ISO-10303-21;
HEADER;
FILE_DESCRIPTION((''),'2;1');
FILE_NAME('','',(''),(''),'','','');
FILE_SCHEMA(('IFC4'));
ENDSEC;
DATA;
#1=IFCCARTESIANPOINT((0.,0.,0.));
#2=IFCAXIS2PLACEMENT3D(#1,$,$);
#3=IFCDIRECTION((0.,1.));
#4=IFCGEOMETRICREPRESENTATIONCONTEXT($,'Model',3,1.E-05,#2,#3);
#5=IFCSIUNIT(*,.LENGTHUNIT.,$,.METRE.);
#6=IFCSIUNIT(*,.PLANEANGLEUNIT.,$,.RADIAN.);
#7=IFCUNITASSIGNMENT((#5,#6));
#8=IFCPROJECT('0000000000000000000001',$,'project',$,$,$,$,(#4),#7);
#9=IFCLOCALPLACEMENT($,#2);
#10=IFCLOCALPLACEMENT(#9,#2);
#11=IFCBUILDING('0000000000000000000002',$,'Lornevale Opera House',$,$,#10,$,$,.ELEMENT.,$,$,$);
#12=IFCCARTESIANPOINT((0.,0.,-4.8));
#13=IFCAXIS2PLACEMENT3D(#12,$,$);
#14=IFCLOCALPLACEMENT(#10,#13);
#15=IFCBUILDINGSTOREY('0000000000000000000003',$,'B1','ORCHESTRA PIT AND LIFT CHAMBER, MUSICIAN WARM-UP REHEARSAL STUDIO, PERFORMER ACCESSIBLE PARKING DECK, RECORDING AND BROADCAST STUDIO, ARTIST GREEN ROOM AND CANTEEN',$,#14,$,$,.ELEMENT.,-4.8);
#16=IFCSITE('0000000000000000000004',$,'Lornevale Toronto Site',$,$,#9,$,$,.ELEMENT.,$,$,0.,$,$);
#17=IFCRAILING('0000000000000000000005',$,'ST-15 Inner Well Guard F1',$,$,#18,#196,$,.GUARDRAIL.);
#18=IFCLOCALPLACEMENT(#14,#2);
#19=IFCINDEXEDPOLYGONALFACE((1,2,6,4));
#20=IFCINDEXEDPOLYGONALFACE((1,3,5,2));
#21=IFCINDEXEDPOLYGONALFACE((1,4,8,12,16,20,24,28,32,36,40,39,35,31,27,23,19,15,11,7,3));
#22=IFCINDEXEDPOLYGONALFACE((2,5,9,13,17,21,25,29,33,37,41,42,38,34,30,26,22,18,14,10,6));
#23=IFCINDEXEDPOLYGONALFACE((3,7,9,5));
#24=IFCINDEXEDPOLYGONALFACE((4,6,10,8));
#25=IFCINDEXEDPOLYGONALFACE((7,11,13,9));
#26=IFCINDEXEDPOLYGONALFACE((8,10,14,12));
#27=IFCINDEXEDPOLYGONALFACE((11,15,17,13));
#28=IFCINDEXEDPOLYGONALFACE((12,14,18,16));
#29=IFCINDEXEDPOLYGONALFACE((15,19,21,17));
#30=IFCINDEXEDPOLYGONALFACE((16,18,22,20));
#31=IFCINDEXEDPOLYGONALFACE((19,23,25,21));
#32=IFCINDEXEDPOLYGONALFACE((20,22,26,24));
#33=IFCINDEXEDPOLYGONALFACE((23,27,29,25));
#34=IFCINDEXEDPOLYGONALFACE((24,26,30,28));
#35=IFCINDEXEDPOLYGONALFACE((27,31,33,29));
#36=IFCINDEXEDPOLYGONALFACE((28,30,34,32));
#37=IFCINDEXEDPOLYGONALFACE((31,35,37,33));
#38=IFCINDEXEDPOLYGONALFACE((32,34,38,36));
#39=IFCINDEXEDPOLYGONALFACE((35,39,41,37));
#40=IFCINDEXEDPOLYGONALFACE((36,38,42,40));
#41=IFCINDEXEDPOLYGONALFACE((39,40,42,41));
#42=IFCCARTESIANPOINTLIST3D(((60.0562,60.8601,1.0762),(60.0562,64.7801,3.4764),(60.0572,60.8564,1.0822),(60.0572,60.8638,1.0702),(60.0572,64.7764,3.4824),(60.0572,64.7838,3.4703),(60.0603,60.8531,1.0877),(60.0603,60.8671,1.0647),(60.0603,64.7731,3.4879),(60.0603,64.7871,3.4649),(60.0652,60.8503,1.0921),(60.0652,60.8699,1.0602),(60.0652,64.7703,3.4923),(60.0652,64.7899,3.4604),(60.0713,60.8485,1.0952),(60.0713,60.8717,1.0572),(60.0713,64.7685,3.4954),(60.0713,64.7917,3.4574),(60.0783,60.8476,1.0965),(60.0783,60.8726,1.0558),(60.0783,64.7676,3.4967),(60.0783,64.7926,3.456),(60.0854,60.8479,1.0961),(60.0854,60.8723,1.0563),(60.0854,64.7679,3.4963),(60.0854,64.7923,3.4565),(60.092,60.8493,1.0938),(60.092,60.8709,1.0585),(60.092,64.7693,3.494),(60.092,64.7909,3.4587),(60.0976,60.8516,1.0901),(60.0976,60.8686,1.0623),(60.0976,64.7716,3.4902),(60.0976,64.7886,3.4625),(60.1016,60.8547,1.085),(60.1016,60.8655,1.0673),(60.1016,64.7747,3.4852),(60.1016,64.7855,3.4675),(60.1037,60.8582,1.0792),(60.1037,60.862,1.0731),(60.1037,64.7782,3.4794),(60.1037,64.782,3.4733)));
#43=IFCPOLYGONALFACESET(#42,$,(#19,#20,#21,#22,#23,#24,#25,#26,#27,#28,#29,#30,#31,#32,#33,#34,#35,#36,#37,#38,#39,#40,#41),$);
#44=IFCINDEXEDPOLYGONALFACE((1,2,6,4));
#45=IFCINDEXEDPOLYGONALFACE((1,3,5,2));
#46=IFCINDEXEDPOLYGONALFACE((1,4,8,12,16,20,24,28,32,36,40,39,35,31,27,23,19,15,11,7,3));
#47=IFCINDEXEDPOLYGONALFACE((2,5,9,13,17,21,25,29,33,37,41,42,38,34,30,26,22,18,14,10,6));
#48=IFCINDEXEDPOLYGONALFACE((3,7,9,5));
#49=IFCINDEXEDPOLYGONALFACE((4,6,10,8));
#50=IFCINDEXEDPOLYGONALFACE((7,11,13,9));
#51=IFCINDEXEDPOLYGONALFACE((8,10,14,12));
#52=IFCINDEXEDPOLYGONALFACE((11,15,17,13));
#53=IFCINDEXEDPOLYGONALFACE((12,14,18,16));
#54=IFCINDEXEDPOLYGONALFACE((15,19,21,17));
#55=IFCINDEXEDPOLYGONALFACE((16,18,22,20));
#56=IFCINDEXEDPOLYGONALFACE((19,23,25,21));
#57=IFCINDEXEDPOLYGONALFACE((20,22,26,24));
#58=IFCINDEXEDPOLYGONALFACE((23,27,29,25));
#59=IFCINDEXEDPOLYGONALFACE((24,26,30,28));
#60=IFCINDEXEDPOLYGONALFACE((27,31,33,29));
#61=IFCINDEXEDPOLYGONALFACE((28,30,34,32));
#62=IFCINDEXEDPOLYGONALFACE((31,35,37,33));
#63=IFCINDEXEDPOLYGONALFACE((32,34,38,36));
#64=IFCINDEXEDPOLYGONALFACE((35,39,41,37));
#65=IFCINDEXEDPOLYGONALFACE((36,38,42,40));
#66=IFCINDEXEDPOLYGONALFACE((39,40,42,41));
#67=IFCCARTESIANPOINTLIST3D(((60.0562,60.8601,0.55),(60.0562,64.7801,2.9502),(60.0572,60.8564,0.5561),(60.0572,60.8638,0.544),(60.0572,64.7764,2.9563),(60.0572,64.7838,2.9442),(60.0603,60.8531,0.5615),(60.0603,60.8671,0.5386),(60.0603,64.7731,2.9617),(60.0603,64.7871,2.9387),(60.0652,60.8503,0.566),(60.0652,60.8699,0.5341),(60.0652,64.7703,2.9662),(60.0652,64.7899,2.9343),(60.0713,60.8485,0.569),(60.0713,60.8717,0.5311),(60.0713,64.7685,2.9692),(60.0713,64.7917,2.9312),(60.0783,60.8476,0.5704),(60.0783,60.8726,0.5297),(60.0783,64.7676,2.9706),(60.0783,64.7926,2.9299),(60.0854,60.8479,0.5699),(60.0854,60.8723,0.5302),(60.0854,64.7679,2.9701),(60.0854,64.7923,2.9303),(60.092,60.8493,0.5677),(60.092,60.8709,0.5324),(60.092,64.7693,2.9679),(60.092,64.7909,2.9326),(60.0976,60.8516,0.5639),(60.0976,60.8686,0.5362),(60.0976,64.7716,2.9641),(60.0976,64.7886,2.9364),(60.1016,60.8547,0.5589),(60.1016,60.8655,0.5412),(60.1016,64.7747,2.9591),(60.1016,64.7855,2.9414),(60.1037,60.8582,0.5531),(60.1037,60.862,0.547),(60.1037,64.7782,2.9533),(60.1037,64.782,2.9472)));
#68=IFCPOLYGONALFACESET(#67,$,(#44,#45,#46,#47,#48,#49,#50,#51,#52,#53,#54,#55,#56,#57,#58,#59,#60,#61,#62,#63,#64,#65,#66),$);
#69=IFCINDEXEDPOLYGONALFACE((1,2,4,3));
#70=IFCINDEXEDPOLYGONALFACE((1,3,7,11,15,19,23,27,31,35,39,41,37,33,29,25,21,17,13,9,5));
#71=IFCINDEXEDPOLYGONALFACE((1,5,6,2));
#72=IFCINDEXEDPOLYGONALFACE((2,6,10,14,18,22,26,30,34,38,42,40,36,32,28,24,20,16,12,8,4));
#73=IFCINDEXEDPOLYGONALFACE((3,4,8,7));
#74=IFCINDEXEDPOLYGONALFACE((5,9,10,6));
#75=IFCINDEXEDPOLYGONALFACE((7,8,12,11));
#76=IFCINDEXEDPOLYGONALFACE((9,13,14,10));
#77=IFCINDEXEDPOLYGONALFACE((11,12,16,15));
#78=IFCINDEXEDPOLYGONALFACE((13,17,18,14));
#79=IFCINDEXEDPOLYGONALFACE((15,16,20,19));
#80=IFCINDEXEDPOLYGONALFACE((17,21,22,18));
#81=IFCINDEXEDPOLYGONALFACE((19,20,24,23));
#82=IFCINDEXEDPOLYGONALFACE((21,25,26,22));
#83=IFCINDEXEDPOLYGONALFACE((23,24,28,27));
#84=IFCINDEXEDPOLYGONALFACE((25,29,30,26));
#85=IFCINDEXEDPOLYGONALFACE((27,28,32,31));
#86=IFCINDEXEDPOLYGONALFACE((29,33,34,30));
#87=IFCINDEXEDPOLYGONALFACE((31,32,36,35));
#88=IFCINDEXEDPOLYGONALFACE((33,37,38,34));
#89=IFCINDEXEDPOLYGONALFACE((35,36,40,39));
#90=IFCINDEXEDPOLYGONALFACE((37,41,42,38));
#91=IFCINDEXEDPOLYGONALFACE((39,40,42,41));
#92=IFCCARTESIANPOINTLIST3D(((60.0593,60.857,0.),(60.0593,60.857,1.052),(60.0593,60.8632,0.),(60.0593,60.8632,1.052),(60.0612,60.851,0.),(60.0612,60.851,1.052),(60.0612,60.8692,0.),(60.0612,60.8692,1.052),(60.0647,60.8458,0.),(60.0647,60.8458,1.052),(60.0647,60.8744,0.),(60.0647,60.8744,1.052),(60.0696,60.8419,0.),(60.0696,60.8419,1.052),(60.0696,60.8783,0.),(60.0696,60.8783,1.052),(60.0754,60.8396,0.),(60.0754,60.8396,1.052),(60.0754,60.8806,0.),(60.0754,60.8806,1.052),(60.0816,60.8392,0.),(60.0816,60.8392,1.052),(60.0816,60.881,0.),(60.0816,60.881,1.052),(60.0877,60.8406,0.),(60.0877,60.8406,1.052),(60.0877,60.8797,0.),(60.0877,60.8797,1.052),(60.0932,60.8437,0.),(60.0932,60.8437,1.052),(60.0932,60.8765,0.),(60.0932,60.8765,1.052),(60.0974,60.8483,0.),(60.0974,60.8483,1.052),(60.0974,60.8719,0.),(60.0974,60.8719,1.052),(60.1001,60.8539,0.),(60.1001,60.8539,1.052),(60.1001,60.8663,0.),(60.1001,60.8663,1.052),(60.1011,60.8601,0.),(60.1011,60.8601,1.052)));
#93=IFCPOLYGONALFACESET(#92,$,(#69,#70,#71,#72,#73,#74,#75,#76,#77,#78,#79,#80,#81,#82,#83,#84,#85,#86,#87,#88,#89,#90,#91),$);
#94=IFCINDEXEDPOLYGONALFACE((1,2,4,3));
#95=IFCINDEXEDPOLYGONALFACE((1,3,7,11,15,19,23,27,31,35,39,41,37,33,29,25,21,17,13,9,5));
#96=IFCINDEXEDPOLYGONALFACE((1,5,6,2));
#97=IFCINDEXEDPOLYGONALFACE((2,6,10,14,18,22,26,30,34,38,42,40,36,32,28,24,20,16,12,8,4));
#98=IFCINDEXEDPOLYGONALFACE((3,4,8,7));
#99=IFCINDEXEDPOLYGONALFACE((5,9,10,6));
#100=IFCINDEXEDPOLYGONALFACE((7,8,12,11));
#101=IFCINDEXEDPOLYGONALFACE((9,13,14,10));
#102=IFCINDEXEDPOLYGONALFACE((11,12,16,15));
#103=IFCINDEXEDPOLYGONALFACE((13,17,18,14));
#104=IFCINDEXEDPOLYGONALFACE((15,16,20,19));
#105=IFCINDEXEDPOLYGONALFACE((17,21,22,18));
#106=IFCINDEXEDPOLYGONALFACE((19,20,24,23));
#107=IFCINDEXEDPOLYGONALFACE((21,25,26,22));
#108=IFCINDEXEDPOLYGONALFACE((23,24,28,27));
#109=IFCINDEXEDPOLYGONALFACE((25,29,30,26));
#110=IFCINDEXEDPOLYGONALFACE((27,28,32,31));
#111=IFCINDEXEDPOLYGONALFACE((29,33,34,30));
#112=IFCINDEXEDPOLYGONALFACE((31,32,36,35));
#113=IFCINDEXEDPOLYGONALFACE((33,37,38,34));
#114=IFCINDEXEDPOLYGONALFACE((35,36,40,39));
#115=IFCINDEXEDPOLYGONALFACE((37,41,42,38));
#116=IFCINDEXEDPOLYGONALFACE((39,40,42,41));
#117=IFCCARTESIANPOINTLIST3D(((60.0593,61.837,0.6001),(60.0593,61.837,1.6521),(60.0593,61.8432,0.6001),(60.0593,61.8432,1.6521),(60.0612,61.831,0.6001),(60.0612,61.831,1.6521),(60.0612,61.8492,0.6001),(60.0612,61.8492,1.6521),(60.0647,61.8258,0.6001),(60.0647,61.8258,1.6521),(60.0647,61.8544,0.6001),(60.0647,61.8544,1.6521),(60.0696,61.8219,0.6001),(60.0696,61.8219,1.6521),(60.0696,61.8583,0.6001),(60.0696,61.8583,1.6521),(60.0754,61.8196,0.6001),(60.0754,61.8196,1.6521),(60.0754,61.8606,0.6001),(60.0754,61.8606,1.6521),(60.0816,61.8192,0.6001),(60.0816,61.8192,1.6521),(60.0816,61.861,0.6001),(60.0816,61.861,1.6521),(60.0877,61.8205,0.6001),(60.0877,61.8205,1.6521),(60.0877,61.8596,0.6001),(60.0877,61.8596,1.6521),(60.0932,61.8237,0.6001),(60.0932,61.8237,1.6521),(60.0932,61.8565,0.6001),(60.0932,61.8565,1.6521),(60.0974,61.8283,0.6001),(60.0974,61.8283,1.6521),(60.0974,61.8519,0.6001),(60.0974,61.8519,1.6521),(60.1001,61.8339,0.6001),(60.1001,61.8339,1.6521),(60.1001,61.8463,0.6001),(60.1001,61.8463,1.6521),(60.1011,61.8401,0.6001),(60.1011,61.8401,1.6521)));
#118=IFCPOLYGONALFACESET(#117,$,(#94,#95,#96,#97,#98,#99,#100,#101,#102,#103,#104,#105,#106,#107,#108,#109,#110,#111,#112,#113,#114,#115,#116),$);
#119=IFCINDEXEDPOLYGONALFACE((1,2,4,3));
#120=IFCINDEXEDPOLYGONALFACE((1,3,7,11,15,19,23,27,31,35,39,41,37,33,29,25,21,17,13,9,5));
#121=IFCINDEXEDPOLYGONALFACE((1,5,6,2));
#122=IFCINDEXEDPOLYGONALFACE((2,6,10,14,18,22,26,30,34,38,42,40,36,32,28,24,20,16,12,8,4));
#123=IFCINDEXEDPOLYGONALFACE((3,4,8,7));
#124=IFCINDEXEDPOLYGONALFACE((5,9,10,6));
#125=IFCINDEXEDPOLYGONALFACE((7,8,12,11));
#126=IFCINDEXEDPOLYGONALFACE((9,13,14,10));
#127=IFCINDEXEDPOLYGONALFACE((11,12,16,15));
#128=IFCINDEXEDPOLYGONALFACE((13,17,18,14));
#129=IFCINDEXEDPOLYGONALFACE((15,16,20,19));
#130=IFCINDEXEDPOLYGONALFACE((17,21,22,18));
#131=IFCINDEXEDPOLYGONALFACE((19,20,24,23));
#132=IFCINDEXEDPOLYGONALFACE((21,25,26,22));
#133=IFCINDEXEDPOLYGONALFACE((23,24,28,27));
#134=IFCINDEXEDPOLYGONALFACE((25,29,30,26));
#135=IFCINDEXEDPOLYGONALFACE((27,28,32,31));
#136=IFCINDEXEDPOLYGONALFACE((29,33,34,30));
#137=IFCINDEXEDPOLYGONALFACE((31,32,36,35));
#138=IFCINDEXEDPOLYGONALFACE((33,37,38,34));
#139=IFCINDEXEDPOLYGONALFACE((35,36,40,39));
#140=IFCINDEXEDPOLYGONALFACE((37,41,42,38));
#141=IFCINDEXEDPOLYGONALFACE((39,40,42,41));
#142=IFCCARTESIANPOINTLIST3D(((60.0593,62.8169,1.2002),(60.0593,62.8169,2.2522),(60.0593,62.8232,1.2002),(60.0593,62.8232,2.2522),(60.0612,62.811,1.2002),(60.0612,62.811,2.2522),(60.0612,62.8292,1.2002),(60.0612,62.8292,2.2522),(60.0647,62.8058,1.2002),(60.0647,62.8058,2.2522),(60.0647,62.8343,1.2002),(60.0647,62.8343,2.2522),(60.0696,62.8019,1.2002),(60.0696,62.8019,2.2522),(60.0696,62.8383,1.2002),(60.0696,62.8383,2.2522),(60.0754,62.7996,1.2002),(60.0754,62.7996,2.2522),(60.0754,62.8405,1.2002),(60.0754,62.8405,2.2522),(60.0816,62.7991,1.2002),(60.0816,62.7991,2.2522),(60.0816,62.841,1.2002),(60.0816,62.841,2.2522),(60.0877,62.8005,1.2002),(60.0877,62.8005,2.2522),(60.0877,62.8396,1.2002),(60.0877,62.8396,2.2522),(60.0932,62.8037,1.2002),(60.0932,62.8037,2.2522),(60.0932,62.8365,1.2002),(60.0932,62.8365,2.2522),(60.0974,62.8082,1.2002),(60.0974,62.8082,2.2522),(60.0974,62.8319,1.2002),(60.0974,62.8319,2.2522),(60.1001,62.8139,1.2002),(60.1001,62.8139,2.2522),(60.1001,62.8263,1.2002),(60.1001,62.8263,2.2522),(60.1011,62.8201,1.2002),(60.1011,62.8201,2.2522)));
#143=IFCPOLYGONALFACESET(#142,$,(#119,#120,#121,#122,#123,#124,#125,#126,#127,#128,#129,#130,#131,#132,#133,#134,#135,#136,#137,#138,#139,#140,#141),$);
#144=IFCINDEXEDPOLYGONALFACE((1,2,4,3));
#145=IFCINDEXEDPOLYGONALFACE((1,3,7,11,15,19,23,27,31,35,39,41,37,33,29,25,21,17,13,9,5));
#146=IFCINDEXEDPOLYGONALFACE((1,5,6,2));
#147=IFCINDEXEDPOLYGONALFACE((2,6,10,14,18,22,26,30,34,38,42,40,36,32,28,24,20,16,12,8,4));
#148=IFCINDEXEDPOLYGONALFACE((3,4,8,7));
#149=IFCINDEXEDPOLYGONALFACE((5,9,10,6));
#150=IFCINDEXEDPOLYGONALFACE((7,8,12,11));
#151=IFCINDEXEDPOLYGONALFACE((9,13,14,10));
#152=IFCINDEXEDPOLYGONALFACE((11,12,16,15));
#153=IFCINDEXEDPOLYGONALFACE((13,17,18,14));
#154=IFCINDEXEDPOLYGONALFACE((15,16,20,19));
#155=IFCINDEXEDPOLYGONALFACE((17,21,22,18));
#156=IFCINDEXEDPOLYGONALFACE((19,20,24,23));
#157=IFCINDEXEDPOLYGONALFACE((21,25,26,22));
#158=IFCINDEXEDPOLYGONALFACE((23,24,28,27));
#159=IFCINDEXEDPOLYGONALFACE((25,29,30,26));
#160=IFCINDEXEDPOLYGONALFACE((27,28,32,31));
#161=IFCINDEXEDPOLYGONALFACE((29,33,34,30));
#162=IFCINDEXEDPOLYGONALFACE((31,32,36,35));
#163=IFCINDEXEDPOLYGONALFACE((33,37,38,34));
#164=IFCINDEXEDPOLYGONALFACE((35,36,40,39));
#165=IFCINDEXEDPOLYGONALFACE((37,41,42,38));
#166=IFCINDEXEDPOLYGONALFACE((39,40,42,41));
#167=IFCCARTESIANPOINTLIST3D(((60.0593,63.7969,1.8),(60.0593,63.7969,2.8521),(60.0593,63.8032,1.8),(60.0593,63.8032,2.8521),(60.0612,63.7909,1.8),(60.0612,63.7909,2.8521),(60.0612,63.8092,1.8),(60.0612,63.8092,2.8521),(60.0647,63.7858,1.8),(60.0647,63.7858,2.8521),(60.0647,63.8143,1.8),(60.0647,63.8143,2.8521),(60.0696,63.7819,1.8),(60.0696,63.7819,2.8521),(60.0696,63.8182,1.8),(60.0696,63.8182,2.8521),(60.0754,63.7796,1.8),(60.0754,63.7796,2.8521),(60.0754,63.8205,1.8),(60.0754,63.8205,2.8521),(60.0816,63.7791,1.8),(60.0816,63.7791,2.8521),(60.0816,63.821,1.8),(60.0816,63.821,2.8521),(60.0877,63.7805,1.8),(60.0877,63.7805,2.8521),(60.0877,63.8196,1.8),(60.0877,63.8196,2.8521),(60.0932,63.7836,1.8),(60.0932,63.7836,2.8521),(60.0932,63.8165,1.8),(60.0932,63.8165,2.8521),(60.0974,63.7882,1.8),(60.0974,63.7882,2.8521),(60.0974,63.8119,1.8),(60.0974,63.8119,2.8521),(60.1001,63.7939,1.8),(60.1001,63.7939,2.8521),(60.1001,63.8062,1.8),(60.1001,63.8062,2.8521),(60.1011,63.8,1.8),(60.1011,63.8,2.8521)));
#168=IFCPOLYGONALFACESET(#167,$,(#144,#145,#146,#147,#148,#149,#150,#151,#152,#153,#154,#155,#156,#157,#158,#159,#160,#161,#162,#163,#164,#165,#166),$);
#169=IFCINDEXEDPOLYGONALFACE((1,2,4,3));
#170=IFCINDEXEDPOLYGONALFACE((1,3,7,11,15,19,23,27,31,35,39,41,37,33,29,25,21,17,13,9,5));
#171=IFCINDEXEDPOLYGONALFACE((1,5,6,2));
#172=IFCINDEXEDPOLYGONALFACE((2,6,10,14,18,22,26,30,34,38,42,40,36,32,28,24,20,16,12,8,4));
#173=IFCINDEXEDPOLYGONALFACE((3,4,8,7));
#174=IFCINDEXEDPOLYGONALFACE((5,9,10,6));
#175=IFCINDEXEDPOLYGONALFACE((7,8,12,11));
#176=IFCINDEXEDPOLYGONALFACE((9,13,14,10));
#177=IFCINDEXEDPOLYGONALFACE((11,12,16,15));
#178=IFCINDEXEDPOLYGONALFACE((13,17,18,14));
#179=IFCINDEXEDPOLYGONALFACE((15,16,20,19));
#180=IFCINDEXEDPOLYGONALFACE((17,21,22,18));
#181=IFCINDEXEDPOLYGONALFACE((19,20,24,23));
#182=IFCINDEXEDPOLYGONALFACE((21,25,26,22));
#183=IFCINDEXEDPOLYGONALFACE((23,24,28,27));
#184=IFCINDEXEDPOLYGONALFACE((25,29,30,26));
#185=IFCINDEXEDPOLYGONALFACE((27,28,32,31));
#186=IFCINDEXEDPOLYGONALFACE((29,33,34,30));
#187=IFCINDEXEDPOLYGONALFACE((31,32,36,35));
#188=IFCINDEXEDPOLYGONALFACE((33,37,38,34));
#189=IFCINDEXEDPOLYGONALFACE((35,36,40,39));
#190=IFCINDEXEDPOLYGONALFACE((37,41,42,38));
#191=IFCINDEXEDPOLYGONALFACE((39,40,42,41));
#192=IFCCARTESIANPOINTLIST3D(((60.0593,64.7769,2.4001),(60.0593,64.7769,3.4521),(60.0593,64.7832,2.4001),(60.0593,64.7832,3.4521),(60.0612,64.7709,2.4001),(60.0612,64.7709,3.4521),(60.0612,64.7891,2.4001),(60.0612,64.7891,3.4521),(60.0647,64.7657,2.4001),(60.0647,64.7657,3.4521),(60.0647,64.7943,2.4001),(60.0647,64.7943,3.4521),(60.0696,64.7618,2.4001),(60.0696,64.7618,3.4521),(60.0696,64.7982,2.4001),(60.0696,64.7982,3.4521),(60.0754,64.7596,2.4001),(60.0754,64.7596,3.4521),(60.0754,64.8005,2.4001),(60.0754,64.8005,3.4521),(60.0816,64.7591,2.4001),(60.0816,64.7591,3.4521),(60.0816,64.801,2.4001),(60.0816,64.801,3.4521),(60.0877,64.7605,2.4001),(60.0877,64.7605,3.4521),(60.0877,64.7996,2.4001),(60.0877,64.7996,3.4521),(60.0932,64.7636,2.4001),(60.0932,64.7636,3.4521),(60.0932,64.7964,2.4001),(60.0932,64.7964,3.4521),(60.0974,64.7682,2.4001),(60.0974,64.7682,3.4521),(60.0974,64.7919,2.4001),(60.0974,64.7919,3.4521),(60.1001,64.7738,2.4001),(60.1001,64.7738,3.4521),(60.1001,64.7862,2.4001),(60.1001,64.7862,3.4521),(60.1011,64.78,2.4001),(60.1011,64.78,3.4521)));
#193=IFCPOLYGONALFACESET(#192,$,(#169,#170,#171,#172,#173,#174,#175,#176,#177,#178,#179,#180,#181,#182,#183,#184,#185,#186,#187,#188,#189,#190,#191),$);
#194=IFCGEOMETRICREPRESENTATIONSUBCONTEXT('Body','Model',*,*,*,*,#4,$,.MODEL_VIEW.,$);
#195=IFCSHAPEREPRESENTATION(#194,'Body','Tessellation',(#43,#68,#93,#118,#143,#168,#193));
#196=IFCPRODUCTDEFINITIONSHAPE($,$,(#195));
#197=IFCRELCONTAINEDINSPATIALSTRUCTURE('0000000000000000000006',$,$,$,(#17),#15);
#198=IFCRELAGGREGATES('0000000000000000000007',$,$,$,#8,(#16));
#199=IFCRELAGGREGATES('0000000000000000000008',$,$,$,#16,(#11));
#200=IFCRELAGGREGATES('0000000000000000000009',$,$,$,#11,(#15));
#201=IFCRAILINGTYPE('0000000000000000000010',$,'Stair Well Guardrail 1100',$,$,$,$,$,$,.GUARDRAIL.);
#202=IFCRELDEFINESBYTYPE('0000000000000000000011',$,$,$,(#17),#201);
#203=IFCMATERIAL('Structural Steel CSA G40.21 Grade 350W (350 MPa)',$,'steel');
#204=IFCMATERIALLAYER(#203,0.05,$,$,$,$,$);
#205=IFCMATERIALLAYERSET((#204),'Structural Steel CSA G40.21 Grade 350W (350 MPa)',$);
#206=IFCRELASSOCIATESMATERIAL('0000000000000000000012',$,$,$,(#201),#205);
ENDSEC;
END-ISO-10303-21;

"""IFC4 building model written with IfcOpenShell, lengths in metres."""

from ifc_helpers import new_model, si_unit, direction, frame, origin, origin_2d, place, context, subcontext, project, spatial, circle, extrude, material, layer, layer_set, type_object, element, save


model = new_model("IFC4")

# Units and contexts
model_context = context("Model", 3, precision=1e-05, world=origin(), true_north=direction((0.0, 1.0)))
body_context = subcontext(model_context, "Body", "Model", "MODEL_VIEW")
ifc_project = project(units=[si_unit("LENGTHUNIT", "METRE"), si_unit("PLANEANGLEUNIT", "RADIAN")], contexts=[model_context])

# Site, building, storey
site_placement = place(None, origin())
site = spatial("IfcSite", under=ifc_project, at=site_placement, Name="Lornevale Toronto Site", CompositionType="ELEMENT", RefElevation=0.0)
building_placement = place(site_placement, origin())
building = spatial("IfcBuilding", under=site, at=building_placement, Name="Lornevale Opera House", CompositionType="ELEMENT")
storey_placement = place(building_placement, frame((0.0, 0.0, -4.8)))
storey = spatial("IfcBuildingStorey", under=building, at=storey_placement, Name="B1", Description="ORCHESTRA PIT AND LIFT CHAMBER, MUSICIAN WARM-UP REHEARSAL STUDIO, PERFORMER ACCESSIBLE PARKING DECK, RECORDING AND BROADCAST STUDIO, ARTIST GREEN ROOM AND CANTEEN", CompositionType="ELEMENT", Elevation=-4.8)

# Railing
ifc_material_1 = material(Name="Structural Steel CSA G40.21 Grade 350W (350 MPa)", Category="steel")
ifc_layer_1 = layer(ifc_material_1, 0.05)
ifc_layer_set_1 = layer_set([ifc_layer_1], Name="Structural Steel CSA G40.21 Grade 350W (350 MPa)")
railing_type_1 = type_object("IfcRailingType", Name="Stair Well Guardrail 1100", PredefinedType="GUARDRAIL", material=ifc_layer_set_1)
railing_1_placement = place(storey_placement, frame((60.0801, 60.8601, 0.0)))
element("IfcRailing", 1, at=railing_1_placement, inside=storey, type_object=railing_type_1, Name="ST-15 Inner Well Guard F1", PredefinedType="GUARDRAIL", context=body_context, shape_type="SweptSolid", body=[
    extrude(circle(Radius=0.0239, at=origin_2d()), frame((0.0, 0.0, 1.0762), z_axis=(0.0, 0.852832, 0.522185), x_axis=(-1.0, 0.0, 0.0)), (0.0, 0.0, 1.0), 4.5964),
    extrude(circle(Radius=0.0239, at=origin_2d()), frame((0.0, 0.0, 0.55), z_axis=(0.0, 0.852832, 0.522185), x_axis=(-1.0, 0.0, 0.0)), (0.0, 0.0, 1.0), 4.5964),
    extrude(circle(Radius=0.021, at=origin_2d()), origin(), (0.0, 0.0, 1.0), 1.052),
    extrude(circle(Radius=0.021, at=origin_2d()), frame((0.0, 0.98, 0.6001)), (0.0, 0.0, 1.0), 1.052),
    extrude(circle(Radius=0.021, at=origin_2d()), frame((0.0, 1.96, 1.2002)), (0.0, 0.0, 1.0), 1.052),
    extrude(circle(Radius=0.021, at=origin_2d()), frame((0.0, 2.9399, 1.8)), (0.0, 0.0, 1.0), 1.052),
    extrude(circle(Radius=0.021, at=origin_2d()), frame((0.0, 3.9199, 2.4001)), (0.0, 0.0, 1.0), 1.052),
])

save(model, "model.ifc")
